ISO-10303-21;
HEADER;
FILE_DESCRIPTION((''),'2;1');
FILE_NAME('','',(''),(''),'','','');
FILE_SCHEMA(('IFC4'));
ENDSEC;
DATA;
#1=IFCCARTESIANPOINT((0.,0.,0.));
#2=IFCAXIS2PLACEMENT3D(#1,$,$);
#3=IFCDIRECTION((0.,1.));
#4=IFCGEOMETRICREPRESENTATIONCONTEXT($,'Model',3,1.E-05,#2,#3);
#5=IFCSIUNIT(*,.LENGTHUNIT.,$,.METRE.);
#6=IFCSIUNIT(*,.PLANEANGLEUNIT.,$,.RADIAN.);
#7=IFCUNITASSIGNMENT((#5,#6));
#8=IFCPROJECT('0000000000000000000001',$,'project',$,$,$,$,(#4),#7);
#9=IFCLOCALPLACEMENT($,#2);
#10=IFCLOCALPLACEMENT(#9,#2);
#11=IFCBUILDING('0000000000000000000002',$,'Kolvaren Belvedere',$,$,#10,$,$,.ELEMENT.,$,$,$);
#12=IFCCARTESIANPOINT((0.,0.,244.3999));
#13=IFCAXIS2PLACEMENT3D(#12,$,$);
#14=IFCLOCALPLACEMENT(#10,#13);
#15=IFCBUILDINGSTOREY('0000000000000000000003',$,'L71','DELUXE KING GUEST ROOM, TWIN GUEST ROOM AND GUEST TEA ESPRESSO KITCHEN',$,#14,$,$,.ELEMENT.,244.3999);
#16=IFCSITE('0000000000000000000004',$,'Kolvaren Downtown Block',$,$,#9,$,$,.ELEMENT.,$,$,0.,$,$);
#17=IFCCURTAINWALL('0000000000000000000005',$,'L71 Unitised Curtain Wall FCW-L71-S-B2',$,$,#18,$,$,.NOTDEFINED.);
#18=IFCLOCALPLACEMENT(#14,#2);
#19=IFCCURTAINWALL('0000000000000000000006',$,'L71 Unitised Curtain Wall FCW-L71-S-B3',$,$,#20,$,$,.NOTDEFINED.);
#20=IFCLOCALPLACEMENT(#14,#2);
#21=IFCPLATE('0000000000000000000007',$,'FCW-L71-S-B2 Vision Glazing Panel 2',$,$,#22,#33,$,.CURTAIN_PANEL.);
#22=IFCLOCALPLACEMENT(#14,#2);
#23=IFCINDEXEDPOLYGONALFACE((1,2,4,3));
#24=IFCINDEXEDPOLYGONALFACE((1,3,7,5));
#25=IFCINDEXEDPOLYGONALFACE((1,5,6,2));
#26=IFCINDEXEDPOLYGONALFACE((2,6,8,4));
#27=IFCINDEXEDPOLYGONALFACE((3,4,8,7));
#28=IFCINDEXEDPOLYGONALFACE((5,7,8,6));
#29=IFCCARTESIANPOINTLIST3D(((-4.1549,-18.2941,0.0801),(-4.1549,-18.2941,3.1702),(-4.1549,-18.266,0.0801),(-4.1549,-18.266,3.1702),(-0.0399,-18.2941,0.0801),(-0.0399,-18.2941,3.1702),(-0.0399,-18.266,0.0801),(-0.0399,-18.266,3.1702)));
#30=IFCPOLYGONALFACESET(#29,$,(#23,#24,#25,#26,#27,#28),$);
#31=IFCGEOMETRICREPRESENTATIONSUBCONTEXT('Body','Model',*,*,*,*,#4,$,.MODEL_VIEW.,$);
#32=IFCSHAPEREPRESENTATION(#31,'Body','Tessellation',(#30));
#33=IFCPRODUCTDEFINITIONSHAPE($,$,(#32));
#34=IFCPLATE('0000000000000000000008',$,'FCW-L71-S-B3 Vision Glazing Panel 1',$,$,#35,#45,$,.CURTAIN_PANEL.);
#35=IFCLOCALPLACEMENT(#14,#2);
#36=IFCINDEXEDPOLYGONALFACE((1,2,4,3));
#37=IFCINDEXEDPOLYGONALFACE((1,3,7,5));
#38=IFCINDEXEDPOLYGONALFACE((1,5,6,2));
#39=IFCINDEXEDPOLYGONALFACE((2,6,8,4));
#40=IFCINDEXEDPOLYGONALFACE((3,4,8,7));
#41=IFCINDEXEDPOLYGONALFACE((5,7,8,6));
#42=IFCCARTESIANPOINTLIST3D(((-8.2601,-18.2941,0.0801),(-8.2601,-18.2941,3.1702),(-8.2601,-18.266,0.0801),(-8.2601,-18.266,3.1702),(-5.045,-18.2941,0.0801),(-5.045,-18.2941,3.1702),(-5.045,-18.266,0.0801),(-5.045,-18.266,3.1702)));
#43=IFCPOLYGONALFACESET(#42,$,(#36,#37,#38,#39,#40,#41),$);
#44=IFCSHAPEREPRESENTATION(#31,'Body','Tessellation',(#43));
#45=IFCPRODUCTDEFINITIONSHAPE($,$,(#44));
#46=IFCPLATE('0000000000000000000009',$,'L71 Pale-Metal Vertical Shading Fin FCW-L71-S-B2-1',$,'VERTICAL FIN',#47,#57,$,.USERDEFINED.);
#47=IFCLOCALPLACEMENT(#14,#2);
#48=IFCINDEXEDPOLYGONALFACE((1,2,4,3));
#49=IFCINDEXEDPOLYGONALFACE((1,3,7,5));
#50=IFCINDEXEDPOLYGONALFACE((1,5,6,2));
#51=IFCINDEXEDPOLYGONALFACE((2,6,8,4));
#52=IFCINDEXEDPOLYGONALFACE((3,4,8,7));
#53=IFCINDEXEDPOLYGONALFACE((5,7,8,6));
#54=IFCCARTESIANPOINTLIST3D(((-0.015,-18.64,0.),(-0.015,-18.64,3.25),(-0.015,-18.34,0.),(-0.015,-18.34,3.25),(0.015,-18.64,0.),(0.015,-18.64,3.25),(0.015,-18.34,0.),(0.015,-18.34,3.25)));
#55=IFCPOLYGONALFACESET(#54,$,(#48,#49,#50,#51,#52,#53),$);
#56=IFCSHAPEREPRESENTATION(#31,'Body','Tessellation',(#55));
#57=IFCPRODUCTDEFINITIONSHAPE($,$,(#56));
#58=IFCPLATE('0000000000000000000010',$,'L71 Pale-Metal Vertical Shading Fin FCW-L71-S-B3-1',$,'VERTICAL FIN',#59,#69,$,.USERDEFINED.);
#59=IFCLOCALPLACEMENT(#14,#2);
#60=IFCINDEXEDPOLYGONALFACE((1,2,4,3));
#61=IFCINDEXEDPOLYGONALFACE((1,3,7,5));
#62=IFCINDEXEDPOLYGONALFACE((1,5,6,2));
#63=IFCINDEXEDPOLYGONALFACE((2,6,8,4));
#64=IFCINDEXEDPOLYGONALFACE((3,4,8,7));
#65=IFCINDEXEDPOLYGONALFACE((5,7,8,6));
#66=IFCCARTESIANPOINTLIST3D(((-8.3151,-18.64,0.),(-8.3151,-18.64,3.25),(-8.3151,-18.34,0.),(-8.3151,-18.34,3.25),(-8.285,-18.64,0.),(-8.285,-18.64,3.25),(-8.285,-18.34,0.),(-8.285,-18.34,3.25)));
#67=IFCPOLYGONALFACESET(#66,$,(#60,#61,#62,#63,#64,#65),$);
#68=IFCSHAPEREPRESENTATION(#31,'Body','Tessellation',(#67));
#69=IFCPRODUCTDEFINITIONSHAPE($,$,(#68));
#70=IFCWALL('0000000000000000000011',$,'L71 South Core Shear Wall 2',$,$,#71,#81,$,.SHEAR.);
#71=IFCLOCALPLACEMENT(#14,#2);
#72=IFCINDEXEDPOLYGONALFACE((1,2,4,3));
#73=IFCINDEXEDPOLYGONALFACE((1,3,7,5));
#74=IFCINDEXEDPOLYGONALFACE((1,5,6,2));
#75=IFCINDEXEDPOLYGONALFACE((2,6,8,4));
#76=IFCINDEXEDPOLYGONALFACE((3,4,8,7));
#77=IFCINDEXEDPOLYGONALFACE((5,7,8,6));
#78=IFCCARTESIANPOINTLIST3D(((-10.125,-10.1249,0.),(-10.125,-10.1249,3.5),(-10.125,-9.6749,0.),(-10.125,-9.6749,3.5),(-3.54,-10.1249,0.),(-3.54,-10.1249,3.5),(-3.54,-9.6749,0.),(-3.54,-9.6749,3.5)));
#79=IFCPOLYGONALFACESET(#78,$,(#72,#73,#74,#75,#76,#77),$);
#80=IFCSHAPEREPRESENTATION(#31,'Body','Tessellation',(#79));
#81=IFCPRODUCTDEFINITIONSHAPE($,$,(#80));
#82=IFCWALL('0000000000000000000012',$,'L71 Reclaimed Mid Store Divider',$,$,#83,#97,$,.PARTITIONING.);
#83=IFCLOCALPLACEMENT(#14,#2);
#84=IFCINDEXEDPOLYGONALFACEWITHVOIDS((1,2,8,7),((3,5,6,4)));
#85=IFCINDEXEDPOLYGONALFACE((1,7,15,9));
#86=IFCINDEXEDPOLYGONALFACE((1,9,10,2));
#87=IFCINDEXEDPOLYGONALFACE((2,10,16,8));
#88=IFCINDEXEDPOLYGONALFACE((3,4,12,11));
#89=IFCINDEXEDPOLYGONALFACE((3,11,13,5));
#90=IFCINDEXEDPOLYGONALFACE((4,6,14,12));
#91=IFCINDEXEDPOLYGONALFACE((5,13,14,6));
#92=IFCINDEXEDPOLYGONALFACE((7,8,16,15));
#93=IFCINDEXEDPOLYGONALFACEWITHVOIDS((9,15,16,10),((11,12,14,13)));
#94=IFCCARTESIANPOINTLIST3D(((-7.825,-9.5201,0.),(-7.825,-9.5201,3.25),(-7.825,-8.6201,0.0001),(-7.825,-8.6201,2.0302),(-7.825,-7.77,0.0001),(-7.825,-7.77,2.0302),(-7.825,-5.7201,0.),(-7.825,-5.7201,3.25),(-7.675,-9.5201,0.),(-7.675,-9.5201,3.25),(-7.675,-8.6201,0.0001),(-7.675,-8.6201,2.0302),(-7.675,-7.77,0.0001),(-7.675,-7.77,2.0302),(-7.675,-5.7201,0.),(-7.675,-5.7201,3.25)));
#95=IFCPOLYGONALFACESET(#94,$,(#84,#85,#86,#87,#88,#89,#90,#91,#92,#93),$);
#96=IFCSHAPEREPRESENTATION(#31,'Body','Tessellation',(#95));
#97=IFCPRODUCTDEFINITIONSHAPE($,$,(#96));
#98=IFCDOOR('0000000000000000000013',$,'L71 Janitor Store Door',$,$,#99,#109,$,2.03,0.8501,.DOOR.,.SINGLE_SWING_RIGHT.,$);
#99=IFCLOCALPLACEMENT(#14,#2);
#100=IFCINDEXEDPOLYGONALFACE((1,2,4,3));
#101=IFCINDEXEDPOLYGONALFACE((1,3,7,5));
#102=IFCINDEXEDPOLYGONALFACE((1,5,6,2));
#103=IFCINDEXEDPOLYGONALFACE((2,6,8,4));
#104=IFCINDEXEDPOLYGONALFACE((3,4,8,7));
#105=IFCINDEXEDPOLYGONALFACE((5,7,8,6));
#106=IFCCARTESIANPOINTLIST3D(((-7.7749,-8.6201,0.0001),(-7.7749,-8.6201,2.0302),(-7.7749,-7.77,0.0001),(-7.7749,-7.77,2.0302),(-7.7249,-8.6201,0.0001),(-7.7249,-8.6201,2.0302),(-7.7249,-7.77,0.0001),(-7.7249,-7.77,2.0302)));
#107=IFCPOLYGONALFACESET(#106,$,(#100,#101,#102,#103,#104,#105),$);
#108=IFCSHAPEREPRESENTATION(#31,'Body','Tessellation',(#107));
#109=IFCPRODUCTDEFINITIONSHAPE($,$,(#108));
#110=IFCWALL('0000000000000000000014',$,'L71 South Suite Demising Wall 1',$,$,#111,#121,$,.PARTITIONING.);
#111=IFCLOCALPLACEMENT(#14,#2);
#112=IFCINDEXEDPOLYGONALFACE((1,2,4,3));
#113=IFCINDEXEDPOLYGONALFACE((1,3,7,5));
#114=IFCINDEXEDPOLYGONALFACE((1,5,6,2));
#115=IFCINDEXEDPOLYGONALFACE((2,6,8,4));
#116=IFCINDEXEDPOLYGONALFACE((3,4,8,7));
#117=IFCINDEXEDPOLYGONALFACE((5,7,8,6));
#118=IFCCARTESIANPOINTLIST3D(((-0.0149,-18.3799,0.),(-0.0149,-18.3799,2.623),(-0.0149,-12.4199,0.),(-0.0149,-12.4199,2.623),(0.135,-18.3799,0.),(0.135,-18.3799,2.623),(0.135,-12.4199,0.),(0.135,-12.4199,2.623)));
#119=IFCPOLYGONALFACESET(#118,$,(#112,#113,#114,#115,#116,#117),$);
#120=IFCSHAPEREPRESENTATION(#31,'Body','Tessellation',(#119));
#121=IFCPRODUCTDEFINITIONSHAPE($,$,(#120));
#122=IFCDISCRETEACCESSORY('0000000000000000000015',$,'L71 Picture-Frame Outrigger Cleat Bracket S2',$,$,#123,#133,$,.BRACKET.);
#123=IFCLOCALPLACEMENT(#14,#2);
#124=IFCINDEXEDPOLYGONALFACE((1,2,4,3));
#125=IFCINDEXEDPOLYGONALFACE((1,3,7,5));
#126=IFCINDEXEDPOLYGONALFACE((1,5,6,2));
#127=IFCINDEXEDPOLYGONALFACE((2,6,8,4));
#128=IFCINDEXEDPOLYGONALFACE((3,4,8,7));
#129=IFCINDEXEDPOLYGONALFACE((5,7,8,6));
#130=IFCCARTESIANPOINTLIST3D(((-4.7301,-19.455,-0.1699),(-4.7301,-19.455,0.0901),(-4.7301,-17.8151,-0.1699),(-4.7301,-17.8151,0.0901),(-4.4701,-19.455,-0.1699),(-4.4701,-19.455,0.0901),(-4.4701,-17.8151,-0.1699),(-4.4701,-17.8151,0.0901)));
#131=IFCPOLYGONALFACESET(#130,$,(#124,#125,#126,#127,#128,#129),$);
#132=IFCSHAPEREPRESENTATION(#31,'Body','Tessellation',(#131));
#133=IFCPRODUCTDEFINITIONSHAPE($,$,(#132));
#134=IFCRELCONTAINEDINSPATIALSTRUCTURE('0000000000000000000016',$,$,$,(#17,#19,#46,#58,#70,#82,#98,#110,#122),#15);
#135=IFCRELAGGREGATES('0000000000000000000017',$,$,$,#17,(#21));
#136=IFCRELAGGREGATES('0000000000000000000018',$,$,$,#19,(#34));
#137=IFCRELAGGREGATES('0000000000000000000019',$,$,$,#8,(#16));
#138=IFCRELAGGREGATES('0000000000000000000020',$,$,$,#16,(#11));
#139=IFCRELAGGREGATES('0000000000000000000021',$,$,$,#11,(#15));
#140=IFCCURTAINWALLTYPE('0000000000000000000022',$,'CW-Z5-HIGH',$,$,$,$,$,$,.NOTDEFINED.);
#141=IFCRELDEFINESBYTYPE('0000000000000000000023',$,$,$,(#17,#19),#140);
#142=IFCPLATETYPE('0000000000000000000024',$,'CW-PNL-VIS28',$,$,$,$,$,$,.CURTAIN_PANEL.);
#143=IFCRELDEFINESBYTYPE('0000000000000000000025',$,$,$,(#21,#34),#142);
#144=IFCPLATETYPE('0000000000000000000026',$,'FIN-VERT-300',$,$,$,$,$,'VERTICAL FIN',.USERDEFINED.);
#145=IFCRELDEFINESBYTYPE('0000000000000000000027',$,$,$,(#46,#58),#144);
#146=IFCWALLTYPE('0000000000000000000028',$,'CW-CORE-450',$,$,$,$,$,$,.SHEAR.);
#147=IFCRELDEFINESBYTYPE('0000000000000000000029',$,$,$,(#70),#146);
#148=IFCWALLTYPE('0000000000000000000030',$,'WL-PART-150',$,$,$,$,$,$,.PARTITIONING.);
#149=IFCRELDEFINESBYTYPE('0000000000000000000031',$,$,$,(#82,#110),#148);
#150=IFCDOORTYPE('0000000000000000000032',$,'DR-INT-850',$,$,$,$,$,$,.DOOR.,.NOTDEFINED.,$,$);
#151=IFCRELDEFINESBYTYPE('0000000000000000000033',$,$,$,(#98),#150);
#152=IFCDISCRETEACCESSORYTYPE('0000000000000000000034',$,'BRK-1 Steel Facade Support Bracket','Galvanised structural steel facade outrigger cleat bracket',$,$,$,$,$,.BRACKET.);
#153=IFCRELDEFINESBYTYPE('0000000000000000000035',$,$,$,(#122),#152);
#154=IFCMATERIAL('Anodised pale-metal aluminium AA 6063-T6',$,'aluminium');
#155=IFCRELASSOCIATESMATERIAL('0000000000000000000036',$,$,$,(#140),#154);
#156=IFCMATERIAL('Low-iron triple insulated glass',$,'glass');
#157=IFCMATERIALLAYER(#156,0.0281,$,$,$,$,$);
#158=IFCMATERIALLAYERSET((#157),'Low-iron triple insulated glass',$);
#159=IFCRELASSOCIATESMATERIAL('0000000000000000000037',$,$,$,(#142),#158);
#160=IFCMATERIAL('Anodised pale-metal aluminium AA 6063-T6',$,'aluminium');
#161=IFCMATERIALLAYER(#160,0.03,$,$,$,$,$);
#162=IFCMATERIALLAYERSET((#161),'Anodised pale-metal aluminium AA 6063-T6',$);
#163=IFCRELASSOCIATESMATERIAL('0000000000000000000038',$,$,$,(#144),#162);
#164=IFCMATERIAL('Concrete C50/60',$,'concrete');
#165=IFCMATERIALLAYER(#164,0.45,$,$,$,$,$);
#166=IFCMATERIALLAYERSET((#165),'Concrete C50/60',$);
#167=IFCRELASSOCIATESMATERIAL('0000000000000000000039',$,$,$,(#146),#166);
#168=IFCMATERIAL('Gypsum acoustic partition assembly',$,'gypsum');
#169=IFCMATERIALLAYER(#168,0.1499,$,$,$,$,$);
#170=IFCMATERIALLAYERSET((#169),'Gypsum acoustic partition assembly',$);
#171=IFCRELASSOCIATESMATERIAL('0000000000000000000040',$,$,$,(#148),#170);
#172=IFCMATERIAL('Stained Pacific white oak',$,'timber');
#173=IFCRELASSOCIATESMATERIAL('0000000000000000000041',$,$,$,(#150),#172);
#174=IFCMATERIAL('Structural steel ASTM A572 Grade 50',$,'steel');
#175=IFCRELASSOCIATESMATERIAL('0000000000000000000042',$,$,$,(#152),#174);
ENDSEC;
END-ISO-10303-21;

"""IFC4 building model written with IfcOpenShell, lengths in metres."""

from ifc_helpers import new_model, si_unit, direction, frame, frame_2d, origin, origin_2d, place, context, subcontext, project, spatial, rectangle, extrude, material, layer, layer_set, type_object, element, fill, aggregate, save


model = new_model("IFC4")

# Units and contexts
model_context = context("Model", 3, precision=1e-05, world=origin(), true_north=direction((0.0, 1.0)))
body_context = subcontext(model_context, "Body", "Model", "MODEL_VIEW")
ifc_project = project(units=[si_unit("LENGTHUNIT", "METRE"), si_unit("PLANEANGLEUNIT", "RADIAN")], contexts=[model_context])

# Site, building, storey
site_placement = place(None, origin())
site = spatial("IfcSite", under=ifc_project, at=site_placement, Name="Kolvaren Downtown Block", CompositionType="ELEMENT", RefElevation=0.0)
building_placement = place(site_placement, origin())
building = spatial("IfcBuilding", under=site, at=building_placement, Name="Kolvaren Belvedere", CompositionType="ELEMENT")
storey_placement = place(building_placement, frame((0.0, 0.0, 244.3999)))
storey = spatial("IfcBuildingStorey", under=building, at=storey_placement, Name="L71", Description="DELUXE KING GUEST ROOM, TWIN GUEST ROOM AND GUEST TEA ESPRESSO KITCHEN", CompositionType="ELEMENT", Elevation=244.3999)

# Curtain walls
ifc_material_1 = material(Name="Anodised pale-metal aluminium AA 6063-T6", Category="aluminium")
curtain_wall_type = type_object("IfcCurtainWallType", Name="CW-Z5-HIGH", PredefinedType="NOTDEFINED", material=ifc_material_1)
curtain_wall_1_placement = place(storey_placement, origin())
curtain_wall_1 = element("IfcCurtainWall", 1, at=curtain_wall_1_placement, inside=storey, type_object=curtain_wall_type, Name="L71 Unitised Curtain Wall FCW-L71-S-B2", PredefinedType="NOTDEFINED")
curtain_wall_2_placement = place(storey_placement, origin())
curtain_wall_2 = element("IfcCurtainWall", 2, at=curtain_wall_2_placement, inside=storey, type_object=curtain_wall_type, Name="L71 Unitised Curtain Wall FCW-L71-S-B3", PredefinedType="NOTDEFINED")

# Plates
ifc_material_2 = material(Name="Low-iron triple insulated glass", Category="glass")
ifc_layer_1 = layer(ifc_material_2, 0.0281)
ifc_layer_set_1 = layer_set([ifc_layer_1], Name="Low-iron triple insulated glass")
plate_type_1 = type_object("IfcPlateType", Name="CW-PNL-VIS28", PredefinedType="CURTAIN_PANEL", material=ifc_layer_set_1)
plate_1_placement = place(storey_placement, frame((-2.0974, -18.28, 0.0801), z_axis=(0.0, 0.0, 1.0), x_axis=(-1.0, 0.0, 0.0)))
plate_1 = element("IfcPlate", 3, at=plate_1_placement, type_object=plate_type_1, Name="FCW-L71-S-B2 Vision Glazing Panel 2", PredefinedType="CURTAIN_PANEL", context=body_context, shape_type="SweptSolid", body=[
    extrude(rectangle(XDim=4.115, YDim=0.0281, at=origin_2d()), origin(), (0.0, 0.0, 1.0), 3.0901),
])
aggregate(curtain_wall_1, [plate_1])
plate_2_placement = place(storey_placement, frame((-6.6526, -18.28, 0.0801), z_axis=(0.0, 0.0, 1.0), x_axis=(-1.0, 0.0, 0.0)))
plate_2 = element("IfcPlate", 4, at=plate_2_placement, type_object=plate_type_1, Name="FCW-L71-S-B3 Vision Glazing Panel 1", PredefinedType="CURTAIN_PANEL", context=body_context, shape_type="SweptSolid", body=[
    extrude(rectangle(XDim=3.2151, YDim=0.0281, at=origin_2d()), origin(), (0.0, 0.0, 1.0), 3.0901),
])
aggregate(curtain_wall_2, [plate_2])

# Plates
ifc_material_3 = material(Name="Anodised pale-metal aluminium AA 6063-T6", Category="aluminium")
ifc_layer_2 = layer(ifc_material_3, 0.03)
ifc_layer_set_2 = layer_set([ifc_layer_2], Name="Anodised pale-metal aluminium AA 6063-T6")
plate_type_2 = type_object("IfcPlateType", Name="FIN-VERT-300", ElementType="VERTICAL FIN", PredefinedType="USERDEFINED", material=ifc_layer_set_2)
for number, where, z_axis, x_axis, name in (
    (5, (0.0, -18.49, 0.0), (0.0, 0.0, 1.0), (0.0, 1.0, 0.0), "L71 Pale-Metal Vertical Shading Fin FCW-L71-S-B2-1"),
    (6, (-8.3, -18.49, 0.0), (0.0, 0.0, 1.0), (0.0, 1.0, 0.0), "L71 Pale-Metal Vertical Shading Fin FCW-L71-S-B3-1"),
):
    element("IfcPlate", number, at=place(storey_placement, frame(where, z_axis=z_axis, x_axis=x_axis)), inside=storey, type_object=plate_type_2, Name=name, ObjectType="VERTICAL FIN", PredefinedType="USERDEFINED", context=body_context, shape_type="SweptSolid", body=[
        extrude(rectangle(XDim=0.3, YDim=0.03, at=origin_2d()), origin(), (0.0, 0.0, 1.0), 3.25),
    ])

# Wall
ifc_material_4 = material(Name="Concrete C50/60", Category="concrete")
ifc_layer_3 = layer(ifc_material_4, 0.45)
ifc_layer_set_3 = layer_set([ifc_layer_3], Name="Concrete C50/60")
wall_type_1 = type_object("IfcWallType", Name="CW-CORE-450", PredefinedType="SHEAR", material=ifc_layer_set_3)
wall_1_placement = place(storey_placement, frame((-3.54, -9.8999, 0.0), z_axis=(0.0, 0.0, 1.0), x_axis=(-1.0, 0.0, 0.0)))
element("IfcWall", 7, at=wall_1_placement, inside=storey, type_object=wall_type_1, Name="L71 South Core Shear Wall 2", PredefinedType="SHEAR", context=body_context, shape_type="SweptSolid", body=[
    extrude(rectangle(XDim=6.585, YDim=0.45, at=frame_2d((3.2925, 0.0))), origin(), (0.0, 0.0, 1.0), 3.5),
])

# Wall, opening, door
ifc_material_5 = material(Name="Gypsum acoustic partition assembly", Category="gypsum")
ifc_layer_4 = layer(ifc_material_5, 0.1499)
ifc_layer_set_4 = layer_set([ifc_layer_4], Name="Gypsum acoustic partition assembly")
wall_type_2 = type_object("IfcWallType", Name="WL-PART-150", PredefinedType="PARTITIONING", material=ifc_layer_set_4)
wall_2_placement = place(storey_placement, frame((-7.75, -9.52, 0.0), z_axis=(0.0, 0.0, 1.0), x_axis=(0.0, 1.0, 0.0)))
wall_2 = element("IfcWall", 8, at=wall_2_placement, inside=storey, type_object=wall_type_2, Name="L71 Reclaimed Mid Store Divider", PredefinedType="PARTITIONING", context=body_context, shape_type="SweptSolid", body=[
    extrude(rectangle(XDim=3.8, YDim=0.1499, at=frame_2d((1.8999, 0.0))), origin(), (0.0, 0.0, 1.0), 3.25),
])
opening_placement = place(wall_2_placement, frame((0.8999, 0.0, 0.0)))
opening = element("IfcOpeningElement", 9, at=opening_placement, cuts=wall_2, PredefinedType="OPENING", context=body_context, shape_type="SweptSolid", body=[
    extrude(rectangle(XDim=0.8501, YDim=2.03, at=frame_2d((0.425, 1.0151))), frame((0.0, 0.085, 0.0), z_axis=(0.0, -1.0, 0.0), x_axis=(1.0, 0.0, 0.0)), (0.0, 0.0, 1.0), 0.1699),
])
ifc_material_6 = material(Name="Stained Pacific white oak", Category="timber")
door_type = type_object("IfcDoorType", Name="DR-INT-850", OperationType="NOTDEFINED", PredefinedType="DOOR", material=ifc_material_6)
door_placement = place(opening_placement, origin())
door = element("IfcDoor", 10, at=door_placement, inside=storey, type_object=door_type, Name="L71 Janitor Store Door", OperationType="SINGLE_SWING_RIGHT", OverallHeight=2.03, OverallWidth=0.8501, PredefinedType="DOOR", context=body_context, shape_type="SweptSolid", body=[
    extrude(rectangle(XDim=0.8501, YDim=2.03, at=frame_2d((0.425, 1.0151))), frame((0.0, 0.0249, 0.0), z_axis=(0.0, -1.0, 0.0), x_axis=(1.0, 0.0, 0.0)), (0.0, 0.0, 1.0), 0.05),
])
fill(opening, door)

# Wall
wall_3_placement = place(storey_placement, frame((0.0601, -18.3799, 0.0), z_axis=(0.0, 0.0, 1.0), x_axis=(0.0, 1.0, 0.0)))
element("IfcWall", 11, at=wall_3_placement, inside=storey, type_object=wall_type_2, Name="L71 South Suite Demising Wall 1", PredefinedType="PARTITIONING", context=body_context, shape_type="SweptSolid", body=[
    extrude(rectangle(XDim=5.96, YDim=0.1499, at=frame_2d((2.98, 0.0))), origin(), (0.0, 0.0, 1.0), 2.623),
])

# Discrete accessory
ifc_material_7 = material(Name="Structural steel ASTM A572 Grade 50", Category="steel")
discrete_accessory_type = type_object("IfcDiscreteAccessoryType", Name="BRK-1 Steel Facade Support Bracket", Description="Galvanised structural steel facade outrigger cleat bracket", PredefinedType="BRACKET", material=ifc_material_7)
discrete_accessory_placement = place(storey_placement, frame((-4.6001, -18.635, -0.1699), z_axis=(0.0, 0.0, 1.0), x_axis=(0.0, 1.0, 0.0)))
element("IfcDiscreteAccessory", 12, at=discrete_accessory_placement, inside=storey, type_object=discrete_accessory_type, Name="L71 Picture-Frame Outrigger Cleat Bracket S2", PredefinedType="BRACKET", context=body_context, shape_type="SweptSolid", body=[
    extrude(rectangle(XDim=1.6399, YDim=0.26, at=origin_2d()), origin(), (0.0, 0.0, 1.0), 0.26),
])

save(model, "model.ifc")
